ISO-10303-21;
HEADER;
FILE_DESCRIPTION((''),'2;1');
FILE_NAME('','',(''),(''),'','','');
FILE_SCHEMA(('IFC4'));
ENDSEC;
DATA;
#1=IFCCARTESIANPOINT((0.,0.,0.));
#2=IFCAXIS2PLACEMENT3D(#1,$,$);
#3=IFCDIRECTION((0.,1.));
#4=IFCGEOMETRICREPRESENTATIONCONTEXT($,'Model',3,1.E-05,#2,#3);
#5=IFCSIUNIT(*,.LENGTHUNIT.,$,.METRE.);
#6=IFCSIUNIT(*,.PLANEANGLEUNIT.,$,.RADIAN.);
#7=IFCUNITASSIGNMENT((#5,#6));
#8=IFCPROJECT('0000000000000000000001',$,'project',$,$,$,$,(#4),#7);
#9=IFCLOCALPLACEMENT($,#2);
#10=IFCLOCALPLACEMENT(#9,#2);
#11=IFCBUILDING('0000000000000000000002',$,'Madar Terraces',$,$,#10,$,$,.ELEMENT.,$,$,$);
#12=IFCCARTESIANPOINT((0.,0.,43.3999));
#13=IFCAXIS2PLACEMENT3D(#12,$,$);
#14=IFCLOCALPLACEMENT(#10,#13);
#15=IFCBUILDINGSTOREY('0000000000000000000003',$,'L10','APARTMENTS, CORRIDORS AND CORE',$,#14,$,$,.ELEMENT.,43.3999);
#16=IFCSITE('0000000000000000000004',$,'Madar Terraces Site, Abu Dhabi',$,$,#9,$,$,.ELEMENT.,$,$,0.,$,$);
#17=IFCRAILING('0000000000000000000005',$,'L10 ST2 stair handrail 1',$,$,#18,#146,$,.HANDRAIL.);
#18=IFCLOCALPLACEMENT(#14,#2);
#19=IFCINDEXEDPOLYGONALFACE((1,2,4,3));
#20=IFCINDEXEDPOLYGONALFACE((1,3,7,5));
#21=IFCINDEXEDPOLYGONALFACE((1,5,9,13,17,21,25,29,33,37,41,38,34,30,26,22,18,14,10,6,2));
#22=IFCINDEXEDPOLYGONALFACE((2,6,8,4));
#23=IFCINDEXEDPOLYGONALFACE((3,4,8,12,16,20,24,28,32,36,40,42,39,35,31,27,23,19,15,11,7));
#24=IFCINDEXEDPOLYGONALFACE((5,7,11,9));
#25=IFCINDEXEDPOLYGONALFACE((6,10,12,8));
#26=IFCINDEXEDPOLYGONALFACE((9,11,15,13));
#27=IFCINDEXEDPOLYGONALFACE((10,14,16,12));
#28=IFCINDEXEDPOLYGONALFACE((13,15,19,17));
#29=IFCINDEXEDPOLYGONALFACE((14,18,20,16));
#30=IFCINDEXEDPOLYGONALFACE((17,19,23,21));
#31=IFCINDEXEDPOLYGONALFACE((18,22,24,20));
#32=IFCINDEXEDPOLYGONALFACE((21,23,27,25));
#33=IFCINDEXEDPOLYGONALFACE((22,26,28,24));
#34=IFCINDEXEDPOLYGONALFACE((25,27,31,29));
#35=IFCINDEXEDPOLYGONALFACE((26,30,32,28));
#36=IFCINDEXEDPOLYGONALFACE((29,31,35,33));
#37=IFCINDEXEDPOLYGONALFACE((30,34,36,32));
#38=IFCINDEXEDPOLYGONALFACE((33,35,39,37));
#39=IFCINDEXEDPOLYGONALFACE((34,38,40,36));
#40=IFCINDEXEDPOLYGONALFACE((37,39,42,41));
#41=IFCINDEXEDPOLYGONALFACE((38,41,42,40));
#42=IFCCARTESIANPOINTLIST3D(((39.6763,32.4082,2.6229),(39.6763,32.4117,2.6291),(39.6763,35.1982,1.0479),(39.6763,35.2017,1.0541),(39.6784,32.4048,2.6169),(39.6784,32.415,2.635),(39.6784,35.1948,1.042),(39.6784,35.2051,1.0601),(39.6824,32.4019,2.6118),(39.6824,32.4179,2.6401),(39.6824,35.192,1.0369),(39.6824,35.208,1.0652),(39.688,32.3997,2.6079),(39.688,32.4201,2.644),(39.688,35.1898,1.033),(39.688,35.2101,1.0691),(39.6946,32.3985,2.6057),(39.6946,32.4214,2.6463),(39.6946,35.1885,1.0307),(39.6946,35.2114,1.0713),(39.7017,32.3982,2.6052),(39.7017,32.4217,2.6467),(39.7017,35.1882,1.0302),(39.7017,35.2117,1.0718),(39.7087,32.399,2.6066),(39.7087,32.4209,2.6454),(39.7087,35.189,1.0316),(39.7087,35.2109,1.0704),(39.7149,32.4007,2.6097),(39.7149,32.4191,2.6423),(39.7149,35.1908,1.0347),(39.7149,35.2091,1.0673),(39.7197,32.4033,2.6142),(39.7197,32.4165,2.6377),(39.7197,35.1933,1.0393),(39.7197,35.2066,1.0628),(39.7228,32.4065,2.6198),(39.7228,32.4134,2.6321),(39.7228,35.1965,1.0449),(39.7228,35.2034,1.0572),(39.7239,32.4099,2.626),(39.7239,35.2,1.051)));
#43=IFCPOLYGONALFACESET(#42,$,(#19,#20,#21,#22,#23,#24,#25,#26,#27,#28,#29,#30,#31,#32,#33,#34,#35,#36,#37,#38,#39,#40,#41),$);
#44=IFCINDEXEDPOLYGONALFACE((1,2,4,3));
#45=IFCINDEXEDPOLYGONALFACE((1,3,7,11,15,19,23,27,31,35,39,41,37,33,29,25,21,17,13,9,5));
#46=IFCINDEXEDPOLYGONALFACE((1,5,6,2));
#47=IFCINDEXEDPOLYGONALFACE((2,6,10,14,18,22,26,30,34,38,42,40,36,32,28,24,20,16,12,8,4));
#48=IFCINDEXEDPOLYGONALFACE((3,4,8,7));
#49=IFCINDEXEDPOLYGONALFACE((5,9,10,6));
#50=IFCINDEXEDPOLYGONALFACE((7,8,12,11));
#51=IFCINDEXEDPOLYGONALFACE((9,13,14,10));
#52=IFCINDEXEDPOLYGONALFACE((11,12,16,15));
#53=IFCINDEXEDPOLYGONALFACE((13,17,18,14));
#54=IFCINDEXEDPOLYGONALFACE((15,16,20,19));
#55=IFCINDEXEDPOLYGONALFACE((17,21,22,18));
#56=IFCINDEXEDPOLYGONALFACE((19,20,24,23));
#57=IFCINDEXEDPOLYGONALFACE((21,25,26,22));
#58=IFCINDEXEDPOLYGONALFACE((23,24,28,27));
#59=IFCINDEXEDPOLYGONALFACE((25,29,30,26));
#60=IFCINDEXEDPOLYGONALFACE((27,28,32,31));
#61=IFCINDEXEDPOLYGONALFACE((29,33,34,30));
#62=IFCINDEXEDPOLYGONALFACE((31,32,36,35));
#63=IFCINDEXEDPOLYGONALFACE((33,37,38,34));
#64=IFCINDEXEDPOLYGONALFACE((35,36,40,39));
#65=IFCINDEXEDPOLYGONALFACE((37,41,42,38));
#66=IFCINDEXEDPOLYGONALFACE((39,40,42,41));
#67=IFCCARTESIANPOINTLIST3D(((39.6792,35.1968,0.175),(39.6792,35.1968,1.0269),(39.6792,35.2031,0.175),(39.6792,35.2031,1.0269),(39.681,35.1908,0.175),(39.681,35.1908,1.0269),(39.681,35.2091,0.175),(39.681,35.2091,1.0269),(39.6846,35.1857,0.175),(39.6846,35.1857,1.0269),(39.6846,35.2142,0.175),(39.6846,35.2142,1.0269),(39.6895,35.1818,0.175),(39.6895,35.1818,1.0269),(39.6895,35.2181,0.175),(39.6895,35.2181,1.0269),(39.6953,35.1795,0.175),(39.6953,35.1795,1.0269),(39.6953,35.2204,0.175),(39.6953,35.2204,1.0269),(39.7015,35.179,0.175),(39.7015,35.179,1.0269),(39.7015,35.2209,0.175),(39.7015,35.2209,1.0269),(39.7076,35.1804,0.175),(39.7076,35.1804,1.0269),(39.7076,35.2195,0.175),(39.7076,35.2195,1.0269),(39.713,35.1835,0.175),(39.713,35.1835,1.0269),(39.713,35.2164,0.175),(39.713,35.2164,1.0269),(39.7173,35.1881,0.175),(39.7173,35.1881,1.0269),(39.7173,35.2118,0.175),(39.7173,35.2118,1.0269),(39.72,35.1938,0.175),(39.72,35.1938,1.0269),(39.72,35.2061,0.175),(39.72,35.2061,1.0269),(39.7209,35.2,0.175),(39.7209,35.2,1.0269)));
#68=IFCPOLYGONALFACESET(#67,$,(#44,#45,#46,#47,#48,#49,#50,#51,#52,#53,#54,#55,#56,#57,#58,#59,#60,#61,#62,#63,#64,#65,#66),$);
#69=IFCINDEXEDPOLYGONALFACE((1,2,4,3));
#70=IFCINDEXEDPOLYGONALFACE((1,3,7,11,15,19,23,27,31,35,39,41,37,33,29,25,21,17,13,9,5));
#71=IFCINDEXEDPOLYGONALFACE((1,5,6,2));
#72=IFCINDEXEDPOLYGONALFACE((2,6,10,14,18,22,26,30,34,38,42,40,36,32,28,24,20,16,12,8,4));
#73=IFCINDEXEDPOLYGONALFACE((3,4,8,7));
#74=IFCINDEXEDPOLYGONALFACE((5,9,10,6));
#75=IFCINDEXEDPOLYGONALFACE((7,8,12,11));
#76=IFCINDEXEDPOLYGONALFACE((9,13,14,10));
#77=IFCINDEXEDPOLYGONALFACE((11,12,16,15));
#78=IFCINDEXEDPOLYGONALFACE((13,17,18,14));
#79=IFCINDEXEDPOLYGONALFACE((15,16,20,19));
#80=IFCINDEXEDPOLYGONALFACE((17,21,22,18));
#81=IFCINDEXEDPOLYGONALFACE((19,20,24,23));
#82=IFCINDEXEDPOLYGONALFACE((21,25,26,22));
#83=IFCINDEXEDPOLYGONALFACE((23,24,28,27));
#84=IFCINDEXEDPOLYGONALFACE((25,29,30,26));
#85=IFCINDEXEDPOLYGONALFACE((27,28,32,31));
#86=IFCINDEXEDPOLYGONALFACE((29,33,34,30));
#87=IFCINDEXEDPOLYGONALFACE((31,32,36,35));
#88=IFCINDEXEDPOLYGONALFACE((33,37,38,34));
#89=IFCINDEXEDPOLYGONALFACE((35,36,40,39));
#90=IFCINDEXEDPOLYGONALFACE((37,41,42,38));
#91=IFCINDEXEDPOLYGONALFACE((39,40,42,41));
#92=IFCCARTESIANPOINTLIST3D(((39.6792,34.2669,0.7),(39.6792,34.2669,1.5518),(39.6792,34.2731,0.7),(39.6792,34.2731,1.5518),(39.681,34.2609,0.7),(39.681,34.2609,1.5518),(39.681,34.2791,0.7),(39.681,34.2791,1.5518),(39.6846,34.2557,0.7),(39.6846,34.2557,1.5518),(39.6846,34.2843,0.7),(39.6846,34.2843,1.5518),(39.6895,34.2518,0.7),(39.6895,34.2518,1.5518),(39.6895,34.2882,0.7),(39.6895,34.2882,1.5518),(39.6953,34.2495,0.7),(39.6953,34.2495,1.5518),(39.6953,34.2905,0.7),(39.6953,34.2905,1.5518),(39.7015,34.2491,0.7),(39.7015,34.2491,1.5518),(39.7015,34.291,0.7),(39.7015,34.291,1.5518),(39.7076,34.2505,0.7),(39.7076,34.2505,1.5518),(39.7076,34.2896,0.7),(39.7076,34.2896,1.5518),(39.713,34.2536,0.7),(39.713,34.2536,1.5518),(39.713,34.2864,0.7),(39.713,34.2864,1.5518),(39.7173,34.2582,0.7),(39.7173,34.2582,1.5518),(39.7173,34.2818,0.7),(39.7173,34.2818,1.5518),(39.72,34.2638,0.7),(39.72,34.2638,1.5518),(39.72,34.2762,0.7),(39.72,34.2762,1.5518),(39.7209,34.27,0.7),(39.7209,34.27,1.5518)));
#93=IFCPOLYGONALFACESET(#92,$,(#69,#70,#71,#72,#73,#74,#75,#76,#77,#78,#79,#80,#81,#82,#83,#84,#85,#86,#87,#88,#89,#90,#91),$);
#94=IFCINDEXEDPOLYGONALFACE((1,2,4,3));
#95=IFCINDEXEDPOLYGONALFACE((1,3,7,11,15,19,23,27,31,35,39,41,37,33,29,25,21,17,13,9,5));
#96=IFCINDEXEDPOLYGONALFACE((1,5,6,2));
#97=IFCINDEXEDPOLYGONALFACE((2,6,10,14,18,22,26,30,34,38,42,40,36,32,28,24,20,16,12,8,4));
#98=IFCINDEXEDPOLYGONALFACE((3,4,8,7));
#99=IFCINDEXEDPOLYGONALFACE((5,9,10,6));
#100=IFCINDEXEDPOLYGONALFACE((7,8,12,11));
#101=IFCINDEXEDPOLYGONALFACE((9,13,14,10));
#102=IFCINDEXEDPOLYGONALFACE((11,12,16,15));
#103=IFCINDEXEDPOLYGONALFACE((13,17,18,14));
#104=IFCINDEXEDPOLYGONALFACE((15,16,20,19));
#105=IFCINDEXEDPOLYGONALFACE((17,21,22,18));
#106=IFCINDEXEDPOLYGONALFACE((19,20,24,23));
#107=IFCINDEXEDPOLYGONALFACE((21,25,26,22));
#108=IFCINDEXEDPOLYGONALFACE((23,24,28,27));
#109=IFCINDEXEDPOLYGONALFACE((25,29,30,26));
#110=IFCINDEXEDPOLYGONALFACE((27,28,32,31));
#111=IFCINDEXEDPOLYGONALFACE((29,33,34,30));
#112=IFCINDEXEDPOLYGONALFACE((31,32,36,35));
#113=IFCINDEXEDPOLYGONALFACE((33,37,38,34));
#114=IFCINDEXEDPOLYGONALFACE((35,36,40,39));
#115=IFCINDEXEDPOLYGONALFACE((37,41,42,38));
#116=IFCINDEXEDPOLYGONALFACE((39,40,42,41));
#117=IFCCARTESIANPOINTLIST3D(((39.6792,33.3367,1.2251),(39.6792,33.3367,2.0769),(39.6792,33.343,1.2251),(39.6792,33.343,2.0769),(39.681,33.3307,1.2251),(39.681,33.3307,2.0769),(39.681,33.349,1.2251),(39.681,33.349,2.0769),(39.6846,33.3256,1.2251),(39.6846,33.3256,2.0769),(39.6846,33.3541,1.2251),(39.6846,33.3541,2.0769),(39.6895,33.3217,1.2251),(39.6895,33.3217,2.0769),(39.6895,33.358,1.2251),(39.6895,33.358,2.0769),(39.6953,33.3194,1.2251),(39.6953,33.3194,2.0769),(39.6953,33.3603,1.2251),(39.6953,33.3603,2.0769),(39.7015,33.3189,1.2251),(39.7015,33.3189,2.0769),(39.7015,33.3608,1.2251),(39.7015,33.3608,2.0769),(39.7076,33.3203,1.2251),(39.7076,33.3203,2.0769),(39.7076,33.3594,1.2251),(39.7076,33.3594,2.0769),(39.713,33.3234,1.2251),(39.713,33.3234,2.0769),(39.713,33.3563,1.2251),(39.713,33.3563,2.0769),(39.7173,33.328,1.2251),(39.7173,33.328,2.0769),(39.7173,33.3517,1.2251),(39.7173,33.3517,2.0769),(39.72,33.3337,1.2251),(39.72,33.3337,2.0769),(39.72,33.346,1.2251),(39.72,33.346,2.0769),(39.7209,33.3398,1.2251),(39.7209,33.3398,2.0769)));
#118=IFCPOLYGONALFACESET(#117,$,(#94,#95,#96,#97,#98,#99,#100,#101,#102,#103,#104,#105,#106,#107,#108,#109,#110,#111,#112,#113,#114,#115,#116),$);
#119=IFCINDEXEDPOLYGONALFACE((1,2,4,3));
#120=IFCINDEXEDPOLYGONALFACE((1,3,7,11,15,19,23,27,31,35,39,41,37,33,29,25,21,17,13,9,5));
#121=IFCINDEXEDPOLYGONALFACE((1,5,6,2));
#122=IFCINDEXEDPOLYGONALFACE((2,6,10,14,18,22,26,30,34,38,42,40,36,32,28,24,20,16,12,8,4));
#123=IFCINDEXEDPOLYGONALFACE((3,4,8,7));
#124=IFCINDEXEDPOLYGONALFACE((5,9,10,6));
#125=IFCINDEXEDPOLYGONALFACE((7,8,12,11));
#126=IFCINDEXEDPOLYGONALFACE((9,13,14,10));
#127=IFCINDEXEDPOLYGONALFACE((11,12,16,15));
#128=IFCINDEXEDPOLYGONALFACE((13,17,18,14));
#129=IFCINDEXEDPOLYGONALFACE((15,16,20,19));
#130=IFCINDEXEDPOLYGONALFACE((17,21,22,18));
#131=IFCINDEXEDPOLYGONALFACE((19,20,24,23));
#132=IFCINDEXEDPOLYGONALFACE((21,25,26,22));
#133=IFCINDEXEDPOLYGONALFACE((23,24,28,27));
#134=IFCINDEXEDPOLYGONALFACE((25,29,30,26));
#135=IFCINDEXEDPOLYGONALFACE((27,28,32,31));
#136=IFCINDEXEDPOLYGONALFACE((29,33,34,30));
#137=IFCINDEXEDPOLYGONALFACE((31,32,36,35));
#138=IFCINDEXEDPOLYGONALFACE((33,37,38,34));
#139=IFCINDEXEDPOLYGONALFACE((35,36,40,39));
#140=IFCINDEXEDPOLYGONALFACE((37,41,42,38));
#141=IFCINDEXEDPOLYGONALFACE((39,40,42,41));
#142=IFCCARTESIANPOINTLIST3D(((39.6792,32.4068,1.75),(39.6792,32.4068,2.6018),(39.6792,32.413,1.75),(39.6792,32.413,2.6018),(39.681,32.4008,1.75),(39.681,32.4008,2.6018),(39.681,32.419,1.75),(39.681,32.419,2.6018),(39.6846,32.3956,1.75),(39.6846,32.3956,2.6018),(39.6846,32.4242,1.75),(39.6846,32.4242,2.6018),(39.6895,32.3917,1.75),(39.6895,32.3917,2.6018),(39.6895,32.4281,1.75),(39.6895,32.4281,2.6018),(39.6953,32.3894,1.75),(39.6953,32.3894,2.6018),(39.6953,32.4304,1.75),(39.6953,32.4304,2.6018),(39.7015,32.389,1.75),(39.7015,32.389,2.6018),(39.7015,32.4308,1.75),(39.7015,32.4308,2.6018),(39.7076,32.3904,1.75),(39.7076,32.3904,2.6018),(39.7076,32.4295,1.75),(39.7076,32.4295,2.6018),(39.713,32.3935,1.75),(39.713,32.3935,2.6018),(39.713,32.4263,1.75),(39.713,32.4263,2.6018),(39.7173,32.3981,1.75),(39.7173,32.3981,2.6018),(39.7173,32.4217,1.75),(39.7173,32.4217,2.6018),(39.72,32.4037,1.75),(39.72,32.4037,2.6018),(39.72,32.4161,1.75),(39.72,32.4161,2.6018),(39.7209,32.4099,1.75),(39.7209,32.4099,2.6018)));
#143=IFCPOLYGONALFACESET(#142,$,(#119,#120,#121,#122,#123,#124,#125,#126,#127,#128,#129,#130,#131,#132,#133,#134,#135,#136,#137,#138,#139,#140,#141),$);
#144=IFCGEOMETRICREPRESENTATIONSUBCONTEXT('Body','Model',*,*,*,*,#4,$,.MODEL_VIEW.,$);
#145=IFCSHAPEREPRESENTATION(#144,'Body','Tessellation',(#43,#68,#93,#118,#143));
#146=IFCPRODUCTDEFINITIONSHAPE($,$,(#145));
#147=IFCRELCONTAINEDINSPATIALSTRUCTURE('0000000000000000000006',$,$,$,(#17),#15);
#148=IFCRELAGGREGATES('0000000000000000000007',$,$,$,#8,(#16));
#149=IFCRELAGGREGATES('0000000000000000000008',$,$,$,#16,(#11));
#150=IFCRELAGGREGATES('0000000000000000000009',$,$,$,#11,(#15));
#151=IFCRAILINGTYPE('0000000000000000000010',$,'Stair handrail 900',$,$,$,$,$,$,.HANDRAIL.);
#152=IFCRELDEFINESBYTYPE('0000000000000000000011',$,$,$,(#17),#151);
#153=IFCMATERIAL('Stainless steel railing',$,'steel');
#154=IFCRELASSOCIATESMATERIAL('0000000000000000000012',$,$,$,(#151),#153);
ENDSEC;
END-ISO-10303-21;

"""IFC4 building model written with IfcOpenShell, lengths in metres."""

from ifc_helpers import new_model, si_unit, direction, frame, origin, origin_2d, place, context, subcontext, project, spatial, circle, extrude, material, type_object, element, save


model = new_model("IFC4")

# Units and contexts
model_context = context("Model", 3, precision=1e-05, world=origin(), true_north=direction((0.0, 1.0)))
body_context = subcontext(model_context, "Body", "Model", "MODEL_VIEW")
ifc_project = project(units=[si_unit("LENGTHUNIT", "METRE"), si_unit("PLANEANGLEUNIT", "RADIAN")], contexts=[model_context])

# Site, building, storey
site_placement = place(None, origin())
site = spatial("IfcSite", under=ifc_project, at=site_placement, Name="Madar Terraces Site, Abu Dhabi", CompositionType="ELEMENT", RefElevation=0.0)
building_placement = place(site_placement, origin())
building = spatial("IfcBuilding", under=site, at=building_placement, Name="Madar Terraces", CompositionType="ELEMENT")
storey_placement = place(building_placement, frame((0.0, 0.0, 43.3999)))
storey = spatial("IfcBuildingStorey", under=building, at=storey_placement, Name="L10", Description="APARTMENTS, CORRIDORS AND CORE", CompositionType="ELEMENT", Elevation=43.3999)

# Railing
ifc_material_1 = material(Name="Stainless steel railing", Category="steel")
railing_type_1 = type_object("IfcRailingType", Name="Stair handrail 900", PredefinedType="HANDRAIL", material=ifc_material_1)
railing_1_placement = place(storey_placement, frame((39.7, 35.2, 0.175)))
element("IfcRailing", 1, at=railing_1_placement, inside=storey, type_object=railing_type_1, Name="L10 ST2 stair handrail 1", PredefinedType="HANDRAIL", context=body_context, shape_type="SweptSolid", body=[
    extrude(circle(Radius=0.0239, at=origin_2d()), frame((0.0, 0.0, 0.876), z_axis=(0.0, -0.870834, 0.491578), x_axis=(1.0, 0.0, 0.0)), (0.0, 0.0, 1.0), 3.2039),
    extrude(circle(Radius=0.021, at=origin_2d()), origin(), (0.0, 0.0, 1.0), 0.8518),
    extrude(circle(Radius=0.021, at=origin_2d()), frame((0.0, -0.9299, 0.5249)), (0.0, 0.0, 1.0), 0.8518),
    extrude(circle(Radius=0.021, at=origin_2d()), frame((0.0, -1.8601, 1.05)), (0.0, 0.0, 1.0), 0.8518),
    extrude(circle(Radius=0.021, at=origin_2d()), frame((0.0, -2.79, 1.575)), (0.0, 0.0, 1.0), 0.8518),
])

save(model, "model.ifc")
